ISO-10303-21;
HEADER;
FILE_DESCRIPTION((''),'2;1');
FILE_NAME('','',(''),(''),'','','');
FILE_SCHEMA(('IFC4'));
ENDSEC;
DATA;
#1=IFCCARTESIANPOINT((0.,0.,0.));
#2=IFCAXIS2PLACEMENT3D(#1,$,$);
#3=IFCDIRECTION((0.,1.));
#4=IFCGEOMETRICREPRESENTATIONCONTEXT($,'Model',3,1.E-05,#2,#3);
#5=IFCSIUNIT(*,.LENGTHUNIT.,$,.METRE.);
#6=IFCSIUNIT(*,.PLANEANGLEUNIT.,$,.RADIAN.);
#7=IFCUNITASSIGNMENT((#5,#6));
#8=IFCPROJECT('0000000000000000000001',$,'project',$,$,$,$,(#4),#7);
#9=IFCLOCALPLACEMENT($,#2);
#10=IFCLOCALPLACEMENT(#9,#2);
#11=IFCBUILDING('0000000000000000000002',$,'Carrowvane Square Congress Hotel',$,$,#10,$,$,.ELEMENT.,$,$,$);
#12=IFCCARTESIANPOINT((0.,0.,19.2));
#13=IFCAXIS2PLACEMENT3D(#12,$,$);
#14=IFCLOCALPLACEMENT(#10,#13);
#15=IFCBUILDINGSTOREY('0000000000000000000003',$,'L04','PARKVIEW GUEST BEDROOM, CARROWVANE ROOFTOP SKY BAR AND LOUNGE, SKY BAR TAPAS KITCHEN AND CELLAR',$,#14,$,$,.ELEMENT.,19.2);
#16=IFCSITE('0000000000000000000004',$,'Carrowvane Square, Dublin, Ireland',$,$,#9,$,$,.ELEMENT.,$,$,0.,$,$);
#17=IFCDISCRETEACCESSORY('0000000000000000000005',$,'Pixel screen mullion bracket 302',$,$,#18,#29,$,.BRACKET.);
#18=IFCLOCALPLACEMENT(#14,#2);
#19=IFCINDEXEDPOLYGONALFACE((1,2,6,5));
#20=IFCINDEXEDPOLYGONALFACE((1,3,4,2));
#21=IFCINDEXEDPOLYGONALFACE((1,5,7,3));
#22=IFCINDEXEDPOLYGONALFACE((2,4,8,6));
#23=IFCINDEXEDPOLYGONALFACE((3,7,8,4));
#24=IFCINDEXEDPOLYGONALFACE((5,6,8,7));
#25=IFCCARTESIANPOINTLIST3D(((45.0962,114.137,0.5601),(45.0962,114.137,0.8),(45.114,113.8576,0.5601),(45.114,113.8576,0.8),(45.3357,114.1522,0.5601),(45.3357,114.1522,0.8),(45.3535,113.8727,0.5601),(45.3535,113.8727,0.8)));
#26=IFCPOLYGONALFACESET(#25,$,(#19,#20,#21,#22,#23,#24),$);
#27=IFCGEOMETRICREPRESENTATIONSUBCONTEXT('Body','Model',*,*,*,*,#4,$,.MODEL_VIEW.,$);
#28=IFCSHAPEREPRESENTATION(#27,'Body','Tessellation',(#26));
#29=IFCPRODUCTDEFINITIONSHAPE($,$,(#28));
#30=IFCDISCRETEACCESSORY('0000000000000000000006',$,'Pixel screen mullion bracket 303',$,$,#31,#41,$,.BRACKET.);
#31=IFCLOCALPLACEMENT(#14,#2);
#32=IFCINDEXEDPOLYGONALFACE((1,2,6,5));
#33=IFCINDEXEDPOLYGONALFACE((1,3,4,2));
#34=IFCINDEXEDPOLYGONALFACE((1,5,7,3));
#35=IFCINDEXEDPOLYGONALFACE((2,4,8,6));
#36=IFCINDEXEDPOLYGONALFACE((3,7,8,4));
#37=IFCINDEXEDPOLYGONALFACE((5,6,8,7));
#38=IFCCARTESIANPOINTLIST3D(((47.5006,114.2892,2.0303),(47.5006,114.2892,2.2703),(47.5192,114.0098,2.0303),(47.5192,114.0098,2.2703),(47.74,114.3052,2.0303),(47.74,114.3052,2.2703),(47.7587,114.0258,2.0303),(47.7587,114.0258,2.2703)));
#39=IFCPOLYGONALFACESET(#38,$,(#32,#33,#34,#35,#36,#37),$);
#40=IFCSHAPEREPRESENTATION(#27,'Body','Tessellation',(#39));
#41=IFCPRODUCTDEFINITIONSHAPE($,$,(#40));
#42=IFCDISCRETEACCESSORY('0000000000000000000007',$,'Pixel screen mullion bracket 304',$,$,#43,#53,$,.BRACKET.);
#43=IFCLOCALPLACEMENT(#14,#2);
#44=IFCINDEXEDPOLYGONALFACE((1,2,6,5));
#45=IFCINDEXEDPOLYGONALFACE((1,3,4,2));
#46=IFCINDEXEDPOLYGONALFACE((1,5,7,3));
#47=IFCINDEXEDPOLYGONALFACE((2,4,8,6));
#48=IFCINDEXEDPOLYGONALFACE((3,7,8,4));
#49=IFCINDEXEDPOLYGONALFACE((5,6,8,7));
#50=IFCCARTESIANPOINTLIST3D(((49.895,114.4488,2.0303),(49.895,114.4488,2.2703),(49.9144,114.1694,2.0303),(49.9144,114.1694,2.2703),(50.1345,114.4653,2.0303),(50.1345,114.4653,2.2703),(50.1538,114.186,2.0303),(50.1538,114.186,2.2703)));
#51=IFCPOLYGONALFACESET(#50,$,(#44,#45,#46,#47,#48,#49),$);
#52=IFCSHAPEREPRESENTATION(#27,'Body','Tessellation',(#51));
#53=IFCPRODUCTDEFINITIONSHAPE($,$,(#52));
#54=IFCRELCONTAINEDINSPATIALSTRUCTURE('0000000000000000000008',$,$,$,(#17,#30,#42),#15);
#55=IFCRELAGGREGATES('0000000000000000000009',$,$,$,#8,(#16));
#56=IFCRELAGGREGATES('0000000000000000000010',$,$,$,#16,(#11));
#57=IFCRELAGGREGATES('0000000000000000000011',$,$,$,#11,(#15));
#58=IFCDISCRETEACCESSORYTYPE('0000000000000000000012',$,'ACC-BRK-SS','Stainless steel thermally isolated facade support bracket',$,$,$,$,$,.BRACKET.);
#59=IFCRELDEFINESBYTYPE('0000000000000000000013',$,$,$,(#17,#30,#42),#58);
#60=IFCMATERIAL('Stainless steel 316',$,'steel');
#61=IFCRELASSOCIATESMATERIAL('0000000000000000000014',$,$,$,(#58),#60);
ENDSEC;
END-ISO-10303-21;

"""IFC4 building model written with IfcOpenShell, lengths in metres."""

from ifc_helpers import new_model, si_unit, direction, frame, origin, origin_2d, place, context, subcontext, project, spatial, rectangle, extrude, material, type_object, element, save


model = new_model("IFC4")

# Units and contexts
model_context = context("Model", 3, precision=1e-05, world=origin(), true_north=direction((0.0, 1.0)))
body_context = subcontext(model_context, "Body", "Model", "MODEL_VIEW")
ifc_project = project(units=[si_unit("LENGTHUNIT", "METRE"), si_unit("PLANEANGLEUNIT", "RADIAN")], contexts=[model_context])

# Site, building, storey
site_placement = place(None, origin())
site = spatial("IfcSite", under=ifc_project, at=site_placement, Name="Carrowvane Square, Dublin, Ireland", CompositionType="ELEMENT", RefElevation=0.0)
building_placement = place(site_placement, origin())
building = spatial("IfcBuilding", under=site, at=building_placement, Name="Carrowvane Square Congress Hotel", CompositionType="ELEMENT")
storey_placement = place(building_placement, frame((0.0, 0.0, 19.2)))
storey = spatial("IfcBuildingStorey", under=building, at=storey_placement, Name="L04", Description="PARKVIEW GUEST BEDROOM, CARROWVANE ROOFTOP SKY BAR AND LOUNGE, SKY BAR TAPAS KITCHEN AND CELLAR", CompositionType="ELEMENT", Elevation=19.2)

# Discrete accessories
ifc_material_1 = material(Name="Stainless steel 316", Category="steel")
discrete_accessory_type = type_object("IfcDiscreteAccessoryType", Name="ACC-BRK-SS", Description="Stainless steel thermally isolated facade support bracket", PredefinedType="BRACKET", material=ifc_material_1)
for number, where, z_axis, x_axis, name in (
    (1, (45.2249, 114.0049, 0.5601), (0.0, 0.0, 1.0), (0.997996, 0.063277, 0.0), "Pixel screen mullion bracket 302"),
    (2, (47.6296, 114.1575, 2.0303), (0.0, 0.0, 1.0), (0.997781, 0.066574, 0.0), "Pixel screen mullion bracket 303"),
    (3, (50.0244, 114.3174, 2.0303), (0.0, 0.0, 1.0), (0.997618, 0.068987, 0.0), "Pixel screen mullion bracket 304"),
):
    element("IfcDiscreteAccessory", number, at=place(storey_placement, frame(where, z_axis=z_axis, x_axis=x_axis)), inside=storey, type_object=discrete_accessory_type, Name=name, PredefinedType="BRACKET", context=body_context, shape_type="SweptSolid", body=[
        extrude(rectangle(XDim=0.24, YDim=0.28, at=origin_2d()), origin(), (0.0, 0.0, 1.0), 0.24),
    ])

save(model, "model.ifc")
